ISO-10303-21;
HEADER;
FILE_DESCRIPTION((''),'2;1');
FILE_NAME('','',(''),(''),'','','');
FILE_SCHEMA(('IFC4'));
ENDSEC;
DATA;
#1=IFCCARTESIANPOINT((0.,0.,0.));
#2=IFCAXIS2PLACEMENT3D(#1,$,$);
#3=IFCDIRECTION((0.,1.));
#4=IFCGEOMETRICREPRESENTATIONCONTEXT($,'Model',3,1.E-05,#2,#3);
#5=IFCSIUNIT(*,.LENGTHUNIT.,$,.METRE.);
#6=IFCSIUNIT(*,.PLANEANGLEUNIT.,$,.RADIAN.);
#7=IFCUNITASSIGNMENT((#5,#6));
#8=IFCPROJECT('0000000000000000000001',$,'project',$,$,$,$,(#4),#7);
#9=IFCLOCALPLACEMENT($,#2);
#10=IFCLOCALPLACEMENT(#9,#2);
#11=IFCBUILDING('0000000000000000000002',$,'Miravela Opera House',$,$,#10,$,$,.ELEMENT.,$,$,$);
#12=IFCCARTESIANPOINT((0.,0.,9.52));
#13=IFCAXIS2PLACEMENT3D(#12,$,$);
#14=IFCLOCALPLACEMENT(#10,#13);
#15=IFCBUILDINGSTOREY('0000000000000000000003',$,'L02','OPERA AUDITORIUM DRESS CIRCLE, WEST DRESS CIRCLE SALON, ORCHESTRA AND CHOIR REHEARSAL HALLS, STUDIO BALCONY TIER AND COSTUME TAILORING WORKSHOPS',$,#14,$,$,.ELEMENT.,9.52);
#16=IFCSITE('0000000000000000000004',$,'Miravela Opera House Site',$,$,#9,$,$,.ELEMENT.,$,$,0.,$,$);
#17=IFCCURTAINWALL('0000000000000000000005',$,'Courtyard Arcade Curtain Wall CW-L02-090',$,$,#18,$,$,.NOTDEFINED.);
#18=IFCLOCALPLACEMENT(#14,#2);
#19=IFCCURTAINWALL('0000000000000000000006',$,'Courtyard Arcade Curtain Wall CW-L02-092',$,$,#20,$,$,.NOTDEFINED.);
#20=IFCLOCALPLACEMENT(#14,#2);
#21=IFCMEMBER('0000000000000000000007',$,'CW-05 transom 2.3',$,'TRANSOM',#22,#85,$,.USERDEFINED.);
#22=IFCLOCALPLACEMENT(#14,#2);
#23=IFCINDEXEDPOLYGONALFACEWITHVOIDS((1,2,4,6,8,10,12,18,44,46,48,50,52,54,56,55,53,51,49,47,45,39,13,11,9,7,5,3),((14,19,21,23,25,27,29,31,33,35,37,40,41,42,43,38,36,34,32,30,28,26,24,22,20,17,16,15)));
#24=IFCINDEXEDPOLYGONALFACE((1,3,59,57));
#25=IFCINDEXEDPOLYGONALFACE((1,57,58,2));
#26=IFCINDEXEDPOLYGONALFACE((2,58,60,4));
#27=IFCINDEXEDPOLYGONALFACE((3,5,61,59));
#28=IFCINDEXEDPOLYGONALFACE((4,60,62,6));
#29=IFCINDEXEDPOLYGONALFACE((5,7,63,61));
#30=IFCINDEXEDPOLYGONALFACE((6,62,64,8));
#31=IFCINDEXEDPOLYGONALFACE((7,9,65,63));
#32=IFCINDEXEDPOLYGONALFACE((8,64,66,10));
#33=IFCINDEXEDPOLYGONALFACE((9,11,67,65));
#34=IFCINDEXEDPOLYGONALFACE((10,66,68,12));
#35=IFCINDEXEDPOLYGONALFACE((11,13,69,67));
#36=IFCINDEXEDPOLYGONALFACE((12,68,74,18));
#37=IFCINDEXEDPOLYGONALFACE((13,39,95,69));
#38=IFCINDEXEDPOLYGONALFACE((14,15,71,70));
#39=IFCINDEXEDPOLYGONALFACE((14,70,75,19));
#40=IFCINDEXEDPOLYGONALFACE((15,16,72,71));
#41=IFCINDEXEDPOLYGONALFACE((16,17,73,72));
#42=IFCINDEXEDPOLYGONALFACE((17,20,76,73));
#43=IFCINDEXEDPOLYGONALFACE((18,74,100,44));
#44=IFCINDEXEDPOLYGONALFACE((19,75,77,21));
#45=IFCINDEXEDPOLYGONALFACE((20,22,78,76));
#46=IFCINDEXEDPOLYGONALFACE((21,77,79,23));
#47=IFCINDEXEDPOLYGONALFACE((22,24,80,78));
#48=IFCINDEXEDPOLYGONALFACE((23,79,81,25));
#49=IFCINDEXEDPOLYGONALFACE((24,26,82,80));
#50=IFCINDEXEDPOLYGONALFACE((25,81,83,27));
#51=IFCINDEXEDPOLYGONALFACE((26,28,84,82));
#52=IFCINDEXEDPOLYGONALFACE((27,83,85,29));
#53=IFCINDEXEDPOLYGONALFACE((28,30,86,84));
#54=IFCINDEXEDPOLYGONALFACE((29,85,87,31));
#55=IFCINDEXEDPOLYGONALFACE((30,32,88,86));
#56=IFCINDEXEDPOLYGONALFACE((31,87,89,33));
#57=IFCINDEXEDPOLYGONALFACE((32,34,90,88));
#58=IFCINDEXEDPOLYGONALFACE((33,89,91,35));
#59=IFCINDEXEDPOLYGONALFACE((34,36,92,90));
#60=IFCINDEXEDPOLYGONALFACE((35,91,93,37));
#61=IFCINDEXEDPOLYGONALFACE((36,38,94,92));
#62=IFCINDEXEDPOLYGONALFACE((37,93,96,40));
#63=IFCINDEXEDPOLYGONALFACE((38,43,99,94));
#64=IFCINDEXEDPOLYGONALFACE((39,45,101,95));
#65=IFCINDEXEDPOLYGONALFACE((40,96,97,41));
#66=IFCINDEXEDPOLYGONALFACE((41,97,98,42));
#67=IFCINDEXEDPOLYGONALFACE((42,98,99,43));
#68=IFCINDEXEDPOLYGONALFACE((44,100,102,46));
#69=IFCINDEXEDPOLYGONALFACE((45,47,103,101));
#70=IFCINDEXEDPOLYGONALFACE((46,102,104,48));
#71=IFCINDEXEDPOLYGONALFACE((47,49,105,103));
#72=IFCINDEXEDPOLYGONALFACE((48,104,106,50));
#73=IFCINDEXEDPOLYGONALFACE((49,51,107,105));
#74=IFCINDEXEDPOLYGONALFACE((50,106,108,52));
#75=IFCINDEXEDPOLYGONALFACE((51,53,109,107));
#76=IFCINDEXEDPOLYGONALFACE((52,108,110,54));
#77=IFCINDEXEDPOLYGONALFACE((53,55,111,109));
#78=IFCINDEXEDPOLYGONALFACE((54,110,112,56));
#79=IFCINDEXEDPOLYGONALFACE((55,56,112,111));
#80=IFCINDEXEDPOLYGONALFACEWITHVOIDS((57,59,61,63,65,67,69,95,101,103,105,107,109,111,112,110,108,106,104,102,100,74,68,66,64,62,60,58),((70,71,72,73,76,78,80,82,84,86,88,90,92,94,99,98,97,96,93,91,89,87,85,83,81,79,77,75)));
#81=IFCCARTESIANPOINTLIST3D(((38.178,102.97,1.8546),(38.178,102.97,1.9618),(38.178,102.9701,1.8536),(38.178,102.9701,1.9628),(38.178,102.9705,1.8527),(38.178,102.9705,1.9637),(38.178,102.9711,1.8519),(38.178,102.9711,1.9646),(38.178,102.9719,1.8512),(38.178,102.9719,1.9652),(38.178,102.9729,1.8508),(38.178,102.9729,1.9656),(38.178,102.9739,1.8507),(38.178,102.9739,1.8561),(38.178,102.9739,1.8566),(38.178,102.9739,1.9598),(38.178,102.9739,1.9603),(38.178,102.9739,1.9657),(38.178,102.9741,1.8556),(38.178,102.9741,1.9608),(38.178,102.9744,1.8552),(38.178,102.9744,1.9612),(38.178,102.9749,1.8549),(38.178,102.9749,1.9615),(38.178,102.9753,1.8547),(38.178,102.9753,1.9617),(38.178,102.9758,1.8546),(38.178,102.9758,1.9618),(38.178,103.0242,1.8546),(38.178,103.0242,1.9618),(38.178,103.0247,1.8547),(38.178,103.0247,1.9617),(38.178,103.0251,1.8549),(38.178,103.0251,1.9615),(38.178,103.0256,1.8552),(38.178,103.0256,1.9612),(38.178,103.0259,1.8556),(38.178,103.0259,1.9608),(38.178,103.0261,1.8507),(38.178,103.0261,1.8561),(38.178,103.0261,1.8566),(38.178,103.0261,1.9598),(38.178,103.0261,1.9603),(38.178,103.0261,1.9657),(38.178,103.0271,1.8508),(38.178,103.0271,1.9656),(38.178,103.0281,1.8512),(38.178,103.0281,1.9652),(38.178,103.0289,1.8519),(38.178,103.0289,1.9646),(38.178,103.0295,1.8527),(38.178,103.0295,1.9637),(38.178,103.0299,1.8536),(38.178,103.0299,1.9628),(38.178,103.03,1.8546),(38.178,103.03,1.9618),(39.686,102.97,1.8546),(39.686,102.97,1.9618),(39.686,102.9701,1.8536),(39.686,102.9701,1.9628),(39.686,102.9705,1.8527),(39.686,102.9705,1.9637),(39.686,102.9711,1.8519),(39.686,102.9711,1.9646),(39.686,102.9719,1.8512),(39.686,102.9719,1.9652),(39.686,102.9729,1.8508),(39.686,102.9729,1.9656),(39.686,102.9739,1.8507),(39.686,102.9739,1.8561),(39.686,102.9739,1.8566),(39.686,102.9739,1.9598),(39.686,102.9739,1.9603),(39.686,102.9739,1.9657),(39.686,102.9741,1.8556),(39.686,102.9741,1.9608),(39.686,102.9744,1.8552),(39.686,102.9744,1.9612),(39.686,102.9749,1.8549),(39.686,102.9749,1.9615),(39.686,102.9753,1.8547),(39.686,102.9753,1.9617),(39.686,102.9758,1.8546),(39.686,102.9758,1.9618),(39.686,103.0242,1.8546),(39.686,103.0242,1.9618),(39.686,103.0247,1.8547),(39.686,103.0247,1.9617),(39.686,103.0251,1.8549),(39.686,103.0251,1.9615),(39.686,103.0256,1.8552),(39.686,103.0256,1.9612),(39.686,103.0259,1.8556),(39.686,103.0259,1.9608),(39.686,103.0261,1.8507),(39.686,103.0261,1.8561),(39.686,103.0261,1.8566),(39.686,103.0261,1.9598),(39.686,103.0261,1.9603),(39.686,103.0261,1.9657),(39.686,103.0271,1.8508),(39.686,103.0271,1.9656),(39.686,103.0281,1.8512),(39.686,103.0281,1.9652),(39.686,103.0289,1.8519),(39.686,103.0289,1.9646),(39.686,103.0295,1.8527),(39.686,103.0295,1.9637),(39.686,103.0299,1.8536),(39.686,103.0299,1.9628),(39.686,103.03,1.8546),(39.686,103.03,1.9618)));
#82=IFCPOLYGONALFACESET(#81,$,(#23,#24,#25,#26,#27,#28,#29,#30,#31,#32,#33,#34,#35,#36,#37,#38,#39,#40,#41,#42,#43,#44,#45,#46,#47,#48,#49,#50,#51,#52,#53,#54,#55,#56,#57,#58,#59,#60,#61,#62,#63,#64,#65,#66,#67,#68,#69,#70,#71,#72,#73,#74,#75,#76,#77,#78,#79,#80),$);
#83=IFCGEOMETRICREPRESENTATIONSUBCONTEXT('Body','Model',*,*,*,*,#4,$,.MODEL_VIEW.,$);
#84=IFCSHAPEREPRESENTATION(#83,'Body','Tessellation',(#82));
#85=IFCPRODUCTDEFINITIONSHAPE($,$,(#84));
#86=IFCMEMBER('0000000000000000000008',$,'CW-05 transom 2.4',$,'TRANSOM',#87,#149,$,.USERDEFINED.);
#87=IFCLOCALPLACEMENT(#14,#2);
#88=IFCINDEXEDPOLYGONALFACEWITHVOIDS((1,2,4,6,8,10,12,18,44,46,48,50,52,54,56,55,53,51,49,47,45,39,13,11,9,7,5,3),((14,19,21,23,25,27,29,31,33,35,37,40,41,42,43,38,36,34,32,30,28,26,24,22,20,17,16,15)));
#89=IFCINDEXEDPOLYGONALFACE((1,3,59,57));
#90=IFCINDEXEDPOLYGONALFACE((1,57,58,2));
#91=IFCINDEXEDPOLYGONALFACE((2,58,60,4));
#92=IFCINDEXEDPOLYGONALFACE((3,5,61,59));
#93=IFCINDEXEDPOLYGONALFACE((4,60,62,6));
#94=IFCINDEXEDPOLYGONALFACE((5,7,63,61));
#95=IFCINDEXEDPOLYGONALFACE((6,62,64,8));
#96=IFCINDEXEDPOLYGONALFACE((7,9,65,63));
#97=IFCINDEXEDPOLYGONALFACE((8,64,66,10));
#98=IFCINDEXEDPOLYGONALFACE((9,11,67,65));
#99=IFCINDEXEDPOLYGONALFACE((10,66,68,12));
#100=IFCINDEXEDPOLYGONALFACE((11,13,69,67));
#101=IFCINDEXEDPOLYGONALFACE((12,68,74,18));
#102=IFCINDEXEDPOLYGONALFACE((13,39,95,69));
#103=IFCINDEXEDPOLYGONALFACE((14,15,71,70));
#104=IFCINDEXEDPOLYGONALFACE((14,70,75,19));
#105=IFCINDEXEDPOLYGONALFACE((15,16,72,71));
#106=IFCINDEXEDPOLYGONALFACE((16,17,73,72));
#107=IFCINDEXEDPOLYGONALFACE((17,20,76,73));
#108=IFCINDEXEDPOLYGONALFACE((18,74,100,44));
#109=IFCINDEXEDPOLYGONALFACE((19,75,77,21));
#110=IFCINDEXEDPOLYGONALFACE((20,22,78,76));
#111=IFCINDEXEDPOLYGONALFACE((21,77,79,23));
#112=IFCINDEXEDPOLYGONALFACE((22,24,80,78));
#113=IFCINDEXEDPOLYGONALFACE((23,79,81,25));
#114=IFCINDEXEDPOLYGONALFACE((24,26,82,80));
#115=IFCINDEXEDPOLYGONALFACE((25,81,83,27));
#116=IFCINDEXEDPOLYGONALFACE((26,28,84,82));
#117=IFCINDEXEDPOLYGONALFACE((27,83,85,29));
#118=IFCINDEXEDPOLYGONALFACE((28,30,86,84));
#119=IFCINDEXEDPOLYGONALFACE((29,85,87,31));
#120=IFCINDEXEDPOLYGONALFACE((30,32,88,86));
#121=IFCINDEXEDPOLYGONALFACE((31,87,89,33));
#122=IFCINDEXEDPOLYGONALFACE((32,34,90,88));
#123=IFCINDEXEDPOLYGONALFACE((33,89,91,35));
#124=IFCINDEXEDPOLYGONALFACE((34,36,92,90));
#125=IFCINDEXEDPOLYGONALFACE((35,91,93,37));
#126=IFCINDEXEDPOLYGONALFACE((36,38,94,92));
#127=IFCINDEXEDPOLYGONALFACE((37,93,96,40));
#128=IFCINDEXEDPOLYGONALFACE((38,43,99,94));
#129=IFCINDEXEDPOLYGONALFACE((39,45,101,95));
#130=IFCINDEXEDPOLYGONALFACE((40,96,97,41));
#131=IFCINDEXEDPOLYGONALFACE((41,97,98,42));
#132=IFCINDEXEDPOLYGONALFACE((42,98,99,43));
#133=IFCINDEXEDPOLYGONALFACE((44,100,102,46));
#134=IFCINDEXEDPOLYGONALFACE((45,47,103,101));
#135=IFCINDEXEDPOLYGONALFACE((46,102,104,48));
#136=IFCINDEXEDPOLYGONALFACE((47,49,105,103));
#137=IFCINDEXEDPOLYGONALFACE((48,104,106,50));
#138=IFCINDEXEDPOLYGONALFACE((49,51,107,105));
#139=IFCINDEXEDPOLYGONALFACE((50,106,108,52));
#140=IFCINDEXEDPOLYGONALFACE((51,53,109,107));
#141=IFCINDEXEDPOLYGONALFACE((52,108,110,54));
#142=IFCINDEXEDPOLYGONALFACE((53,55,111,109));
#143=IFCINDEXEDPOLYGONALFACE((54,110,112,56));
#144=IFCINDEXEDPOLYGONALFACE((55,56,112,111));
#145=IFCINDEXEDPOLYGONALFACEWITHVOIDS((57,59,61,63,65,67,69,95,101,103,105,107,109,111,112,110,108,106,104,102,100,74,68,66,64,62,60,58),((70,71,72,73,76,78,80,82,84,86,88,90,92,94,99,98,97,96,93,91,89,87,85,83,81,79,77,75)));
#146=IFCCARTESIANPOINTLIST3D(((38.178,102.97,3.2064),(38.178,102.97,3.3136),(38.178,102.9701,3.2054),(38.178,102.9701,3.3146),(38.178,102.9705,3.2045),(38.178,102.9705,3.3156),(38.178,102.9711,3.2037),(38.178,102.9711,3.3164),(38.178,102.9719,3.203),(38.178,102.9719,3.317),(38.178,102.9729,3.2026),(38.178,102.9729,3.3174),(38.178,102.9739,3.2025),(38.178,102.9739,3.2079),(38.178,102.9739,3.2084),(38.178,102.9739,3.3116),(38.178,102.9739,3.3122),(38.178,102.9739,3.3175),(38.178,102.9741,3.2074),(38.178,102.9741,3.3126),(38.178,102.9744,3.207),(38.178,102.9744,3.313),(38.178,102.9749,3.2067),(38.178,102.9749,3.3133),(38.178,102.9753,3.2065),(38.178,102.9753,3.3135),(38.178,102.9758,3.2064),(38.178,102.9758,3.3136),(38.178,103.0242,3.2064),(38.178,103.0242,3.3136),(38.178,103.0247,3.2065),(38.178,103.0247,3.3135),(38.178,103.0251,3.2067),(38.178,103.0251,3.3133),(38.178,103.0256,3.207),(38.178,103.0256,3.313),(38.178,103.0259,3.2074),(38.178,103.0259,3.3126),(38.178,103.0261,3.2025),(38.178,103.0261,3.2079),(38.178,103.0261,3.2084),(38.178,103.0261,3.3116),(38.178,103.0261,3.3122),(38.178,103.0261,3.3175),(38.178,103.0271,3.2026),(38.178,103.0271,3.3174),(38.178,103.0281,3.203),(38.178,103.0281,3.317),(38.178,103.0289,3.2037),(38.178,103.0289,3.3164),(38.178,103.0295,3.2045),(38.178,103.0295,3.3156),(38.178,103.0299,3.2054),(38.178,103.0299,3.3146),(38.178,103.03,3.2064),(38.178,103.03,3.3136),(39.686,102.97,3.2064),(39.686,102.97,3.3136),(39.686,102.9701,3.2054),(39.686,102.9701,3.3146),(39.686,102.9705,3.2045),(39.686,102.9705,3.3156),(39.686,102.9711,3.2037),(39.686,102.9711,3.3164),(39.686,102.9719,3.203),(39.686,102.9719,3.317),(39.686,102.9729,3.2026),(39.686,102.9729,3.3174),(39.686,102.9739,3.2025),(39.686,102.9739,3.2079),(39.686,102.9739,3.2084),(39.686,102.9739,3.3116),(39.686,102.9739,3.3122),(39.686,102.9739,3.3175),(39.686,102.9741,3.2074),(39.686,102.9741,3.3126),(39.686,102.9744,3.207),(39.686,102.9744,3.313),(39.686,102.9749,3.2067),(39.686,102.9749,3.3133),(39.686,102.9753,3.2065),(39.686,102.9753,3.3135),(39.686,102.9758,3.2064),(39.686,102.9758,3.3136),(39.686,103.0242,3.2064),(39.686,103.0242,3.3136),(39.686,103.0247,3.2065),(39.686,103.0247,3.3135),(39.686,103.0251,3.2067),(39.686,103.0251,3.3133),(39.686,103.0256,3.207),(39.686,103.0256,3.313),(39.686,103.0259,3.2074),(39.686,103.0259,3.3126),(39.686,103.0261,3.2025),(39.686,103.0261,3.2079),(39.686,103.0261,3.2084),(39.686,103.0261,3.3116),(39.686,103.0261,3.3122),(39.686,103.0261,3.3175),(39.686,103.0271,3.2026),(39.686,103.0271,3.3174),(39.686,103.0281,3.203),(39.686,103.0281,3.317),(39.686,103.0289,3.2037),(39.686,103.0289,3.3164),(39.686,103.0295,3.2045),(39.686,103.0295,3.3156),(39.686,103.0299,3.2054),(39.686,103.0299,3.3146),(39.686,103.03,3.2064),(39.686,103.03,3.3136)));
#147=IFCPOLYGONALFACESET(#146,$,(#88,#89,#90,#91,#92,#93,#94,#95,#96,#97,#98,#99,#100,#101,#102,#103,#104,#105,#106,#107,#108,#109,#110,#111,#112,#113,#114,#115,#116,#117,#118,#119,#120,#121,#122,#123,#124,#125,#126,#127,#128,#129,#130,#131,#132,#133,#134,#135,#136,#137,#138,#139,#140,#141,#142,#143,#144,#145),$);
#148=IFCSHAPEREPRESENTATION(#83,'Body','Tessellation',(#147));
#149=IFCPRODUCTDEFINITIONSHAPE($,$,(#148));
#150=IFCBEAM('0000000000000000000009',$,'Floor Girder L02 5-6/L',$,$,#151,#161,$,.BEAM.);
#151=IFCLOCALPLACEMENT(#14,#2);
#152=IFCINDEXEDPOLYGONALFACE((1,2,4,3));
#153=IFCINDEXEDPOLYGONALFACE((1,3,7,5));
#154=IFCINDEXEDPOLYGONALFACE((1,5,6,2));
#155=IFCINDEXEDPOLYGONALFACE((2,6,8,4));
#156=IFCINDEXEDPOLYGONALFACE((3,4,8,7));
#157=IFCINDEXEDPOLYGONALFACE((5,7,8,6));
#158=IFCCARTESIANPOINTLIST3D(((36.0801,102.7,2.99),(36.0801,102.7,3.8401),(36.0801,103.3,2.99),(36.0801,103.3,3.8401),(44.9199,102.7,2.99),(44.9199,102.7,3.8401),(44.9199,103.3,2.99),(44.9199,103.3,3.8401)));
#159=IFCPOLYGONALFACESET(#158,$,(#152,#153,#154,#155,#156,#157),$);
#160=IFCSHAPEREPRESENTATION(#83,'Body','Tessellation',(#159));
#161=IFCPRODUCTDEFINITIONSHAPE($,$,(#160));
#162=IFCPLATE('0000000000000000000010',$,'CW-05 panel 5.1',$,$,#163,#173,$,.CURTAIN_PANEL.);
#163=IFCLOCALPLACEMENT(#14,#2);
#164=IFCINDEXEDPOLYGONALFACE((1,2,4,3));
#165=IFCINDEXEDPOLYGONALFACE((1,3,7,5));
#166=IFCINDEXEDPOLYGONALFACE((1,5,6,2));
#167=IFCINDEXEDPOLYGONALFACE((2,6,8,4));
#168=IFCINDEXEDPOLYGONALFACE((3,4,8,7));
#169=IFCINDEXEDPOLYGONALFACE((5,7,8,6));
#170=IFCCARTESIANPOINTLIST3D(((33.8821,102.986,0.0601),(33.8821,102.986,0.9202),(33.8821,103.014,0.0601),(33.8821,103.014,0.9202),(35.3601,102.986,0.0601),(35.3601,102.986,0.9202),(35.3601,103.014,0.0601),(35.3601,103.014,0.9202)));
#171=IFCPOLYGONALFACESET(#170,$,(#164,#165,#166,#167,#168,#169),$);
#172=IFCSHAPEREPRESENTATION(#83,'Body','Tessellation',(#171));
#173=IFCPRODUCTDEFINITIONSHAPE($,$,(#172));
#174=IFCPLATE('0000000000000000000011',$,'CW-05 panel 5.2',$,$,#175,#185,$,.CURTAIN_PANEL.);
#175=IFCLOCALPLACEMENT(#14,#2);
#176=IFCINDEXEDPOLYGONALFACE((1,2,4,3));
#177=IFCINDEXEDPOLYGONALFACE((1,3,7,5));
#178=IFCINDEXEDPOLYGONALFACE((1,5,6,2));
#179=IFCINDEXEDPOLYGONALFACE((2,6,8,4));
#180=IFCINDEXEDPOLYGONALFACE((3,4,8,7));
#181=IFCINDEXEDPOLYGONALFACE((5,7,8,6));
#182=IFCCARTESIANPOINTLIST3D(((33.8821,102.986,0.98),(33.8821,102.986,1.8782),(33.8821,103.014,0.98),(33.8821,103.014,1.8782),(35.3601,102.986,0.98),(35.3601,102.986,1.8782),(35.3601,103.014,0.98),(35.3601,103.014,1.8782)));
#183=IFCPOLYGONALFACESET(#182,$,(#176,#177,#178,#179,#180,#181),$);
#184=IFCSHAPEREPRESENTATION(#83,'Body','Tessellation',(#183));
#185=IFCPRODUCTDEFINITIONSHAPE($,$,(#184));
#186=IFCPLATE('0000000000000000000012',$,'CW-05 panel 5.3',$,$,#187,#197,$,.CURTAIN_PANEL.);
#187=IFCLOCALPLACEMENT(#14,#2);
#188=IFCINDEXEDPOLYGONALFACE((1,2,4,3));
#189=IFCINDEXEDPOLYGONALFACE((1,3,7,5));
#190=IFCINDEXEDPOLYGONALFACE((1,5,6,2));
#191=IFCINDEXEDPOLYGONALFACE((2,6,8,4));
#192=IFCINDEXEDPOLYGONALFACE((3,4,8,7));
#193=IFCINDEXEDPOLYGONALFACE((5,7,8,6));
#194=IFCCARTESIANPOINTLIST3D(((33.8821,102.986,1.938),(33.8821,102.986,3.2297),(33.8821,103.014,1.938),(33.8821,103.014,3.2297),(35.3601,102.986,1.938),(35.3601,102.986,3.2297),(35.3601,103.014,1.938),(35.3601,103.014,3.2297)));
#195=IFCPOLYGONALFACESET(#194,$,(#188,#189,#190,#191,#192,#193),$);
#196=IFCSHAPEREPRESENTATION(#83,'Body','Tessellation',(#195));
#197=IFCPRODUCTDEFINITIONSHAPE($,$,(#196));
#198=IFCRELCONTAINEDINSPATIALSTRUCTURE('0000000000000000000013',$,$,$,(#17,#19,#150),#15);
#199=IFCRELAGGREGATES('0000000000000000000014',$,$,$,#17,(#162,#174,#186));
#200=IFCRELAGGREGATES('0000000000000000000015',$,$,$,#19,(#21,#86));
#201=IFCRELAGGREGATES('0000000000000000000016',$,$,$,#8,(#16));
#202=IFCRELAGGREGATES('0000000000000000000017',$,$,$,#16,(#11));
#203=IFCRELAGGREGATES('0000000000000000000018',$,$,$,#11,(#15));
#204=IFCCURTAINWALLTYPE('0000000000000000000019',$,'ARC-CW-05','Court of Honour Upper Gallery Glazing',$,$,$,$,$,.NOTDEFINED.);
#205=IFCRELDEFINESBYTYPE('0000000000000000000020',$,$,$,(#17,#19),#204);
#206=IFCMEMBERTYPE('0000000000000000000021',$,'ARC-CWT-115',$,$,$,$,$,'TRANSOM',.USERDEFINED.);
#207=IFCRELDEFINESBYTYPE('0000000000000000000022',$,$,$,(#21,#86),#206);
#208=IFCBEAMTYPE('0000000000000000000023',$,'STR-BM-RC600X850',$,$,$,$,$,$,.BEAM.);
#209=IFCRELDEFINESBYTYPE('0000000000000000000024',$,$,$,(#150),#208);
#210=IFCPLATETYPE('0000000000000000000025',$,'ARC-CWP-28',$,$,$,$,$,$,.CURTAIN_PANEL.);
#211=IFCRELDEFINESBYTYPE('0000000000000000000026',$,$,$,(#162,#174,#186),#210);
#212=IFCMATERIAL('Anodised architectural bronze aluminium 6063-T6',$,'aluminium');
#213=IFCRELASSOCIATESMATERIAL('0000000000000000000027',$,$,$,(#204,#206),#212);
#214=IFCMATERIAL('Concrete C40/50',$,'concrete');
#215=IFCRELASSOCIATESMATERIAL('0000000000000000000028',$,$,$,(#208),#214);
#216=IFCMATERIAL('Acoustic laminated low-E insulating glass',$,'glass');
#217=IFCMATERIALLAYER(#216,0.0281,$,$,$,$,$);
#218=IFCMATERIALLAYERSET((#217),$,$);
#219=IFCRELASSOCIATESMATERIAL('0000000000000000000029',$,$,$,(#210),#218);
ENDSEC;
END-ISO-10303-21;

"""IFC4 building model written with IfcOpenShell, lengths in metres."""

from ifc_helpers import new_model, si_unit, direction, frame, origin, origin_2d, place, context, subcontext, project, spatial, rectangle, hollow_rectangle, extrude, material, layer, layer_set, material_profile, profile_set, type_object, element, aggregate, save


model = new_model("IFC4")

# Units and contexts
model_context = context("Model", 3, precision=1e-05, world=origin(), true_north=direction((0.0, 1.0)))
body_context = subcontext(model_context, "Body", "Model", "MODEL_VIEW")
ifc_project = project(units=[si_unit("LENGTHUNIT", "METRE"), si_unit("PLANEANGLEUNIT", "RADIAN")], contexts=[model_context])

# Site, building, storey
site_placement = place(None, origin())
site = spatial("IfcSite", under=ifc_project, at=site_placement, Name="Miravela Opera House Site", CompositionType="ELEMENT", RefElevation=0.0)
building_placement = place(site_placement, origin())
building = spatial("IfcBuilding", under=site, at=building_placement, Name="Miravela Opera House", CompositionType="ELEMENT")
storey_placement = place(building_placement, frame((0.0, 0.0, 9.52)))
storey = spatial("IfcBuildingStorey", under=building, at=storey_placement, Name="L02", Description="OPERA AUDITORIUM DRESS CIRCLE, WEST DRESS CIRCLE SALON, ORCHESTRA AND CHOIR REHEARSAL HALLS, STUDIO BALCONY TIER AND COSTUME TAILORING WORKSHOPS", CompositionType="ELEMENT", Elevation=9.52)

# Curtain walls
ifc_material_1 = material(Name="Anodised architectural bronze aluminium 6063-T6", Category="aluminium")
curtain_wall_type = type_object("IfcCurtainWallType", Name="ARC-CW-05", Description="Court of Honour Upper Gallery Glazing", PredefinedType="NOTDEFINED", material=ifc_material_1)
curtain_wall_1_placement = place(storey_placement, origin())
curtain_wall_1 = element("IfcCurtainWall", 1, at=curtain_wall_1_placement, inside=storey, type_object=curtain_wall_type, Name="Courtyard Arcade Curtain Wall CW-L02-090", PredefinedType="NOTDEFINED")
curtain_wall_2_placement = place(storey_placement, origin())
curtain_wall_2 = element("IfcCurtainWall", 2, at=curtain_wall_2_placement, inside=storey, type_object=curtain_wall_type, Name="Courtyard Arcade Curtain Wall CW-L02-092", PredefinedType="NOTDEFINED")

# Members
ifc_material_profile_1 = material_profile(ifc_material_1, hollow_rectangle(XDim=0.0601, YDim=0.115, WallThickness=0.0039, InnerFilletRadius=0.002, OuterFilletRadius=0.0039, at=origin_2d()), Name="CWT-60X115")
ifc_profile_set_1 = profile_set([ifc_material_profile_1])
member_type_1 = type_object("IfcMemberType", Name="ARC-CWT-115", ElementType="TRANSOM", PredefinedType="USERDEFINED", material=ifc_profile_set_1)
member_1_placement = place(storey_placement, frame((38.178, 103.0, 1.9082), z_axis=(1.0, 0.0, 0.0), x_axis=(0.0, 1.0, 0.0)))
member_1 = element("IfcMember", 3, at=member_1_placement, type_object=member_type_1, Name="CW-05 transom 2.3", ObjectType="TRANSOM", PredefinedType="USERDEFINED", context=body_context, shape_type="SweptSolid", body=[
    extrude(hollow_rectangle(XDim=0.0601, YDim=0.115, WallThickness=0.0039, InnerFilletRadius=0.002, OuterFilletRadius=0.0039, at=origin_2d()), origin(), (0.0, 0.0, 1.0), 1.5081),
])
member_2_placement = place(storey_placement, frame((38.178, 103.0, 3.26), z_axis=(1.0, 0.0, 0.0), x_axis=(0.0, 1.0, 0.0)))
member_2 = element("IfcMember", 4, at=member_2_placement, type_object=member_type_1, Name="CW-05 transom 2.4", ObjectType="TRANSOM", PredefinedType="USERDEFINED", context=body_context, shape_type="SweptSolid", body=[
    extrude(hollow_rectangle(XDim=0.0601, YDim=0.115, WallThickness=0.0039, InnerFilletRadius=0.002, OuterFilletRadius=0.0039, at=origin_2d()), origin(), (0.0, 0.0, 1.0), 1.5081),
])

# Beam
ifc_material_2 = material(Name="Concrete C40/50", Category="concrete")
ifc_material_profile_2 = material_profile(ifc_material_2, rectangle(XDim=0.6001, YDim=0.8501, at=origin_2d()), Name="RC-BM-600X850")
ifc_profile_set_2 = profile_set([ifc_material_profile_2])
beam_type = type_object("IfcBeamType", Name="STR-BM-RC600X850", PredefinedType="BEAM", material=ifc_profile_set_2)
beam_placement = place(storey_placement, frame((36.0801, 103.0, 3.415), z_axis=(1.0, 0.0, 0.0), x_axis=(0.0, 1.0, 0.0)))
element("IfcBeam", 5, at=beam_placement, inside=storey, type_object=beam_type, Name="Floor Girder L02 5-6/L", PredefinedType="BEAM", context=body_context, shape_type="SweptSolid", body=[
    extrude(rectangle(XDim=0.6001, YDim=0.8501, at=origin_2d()), origin(), (0.0, 0.0, 1.0), 8.8398),
])

# Plates
ifc_material_3 = material(Name="Acoustic laminated low-E insulating glass", Category="glass")
ifc_layer = layer(ifc_material_3, 0.0281)
ifc_layer_set = layer_set([ifc_layer])
plate_type = type_object("IfcPlateType", Name="ARC-CWP-28", PredefinedType="CURTAIN_PANEL", material=ifc_layer_set)
plate_1_placement = place(storey_placement, frame((34.6211, 103.0, 0.0601), z_axis=(0.0, 0.0, 1.0), x_axis=(1.0, 0.0, 0.0)))
plate_1 = element("IfcPlate", 6, at=plate_1_placement, type_object=plate_type, Name="CW-05 panel 5.1", PredefinedType="CURTAIN_PANEL", context=body_context, shape_type="SweptSolid", body=[
    extrude(rectangle(XDim=1.478, YDim=0.0281, at=origin_2d()), origin(), (0.0, 0.0, 1.0), 0.8601),
])
plate_2_placement = place(storey_placement, frame((34.6211, 103.0, 0.98), z_axis=(0.0, 0.0, 1.0), x_axis=(1.0, 0.0, 0.0)))
plate_2 = element("IfcPlate", 7, at=plate_2_placement, type_object=plate_type, Name="CW-05 panel 5.2", PredefinedType="CURTAIN_PANEL", context=body_context, shape_type="SweptSolid", body=[
    extrude(rectangle(XDim=1.478, YDim=0.0281, at=origin_2d()), origin(), (0.0, 0.0, 1.0), 0.8982),
])
plate_3_placement = place(storey_placement, frame((34.6211, 103.0, 1.938), z_axis=(0.0, 0.0, 1.0), x_axis=(1.0, 0.0, 0.0)))
plate_3 = element("IfcPlate", 8, at=plate_3_placement, type_object=plate_type, Name="CW-05 panel 5.3", PredefinedType="CURTAIN_PANEL", context=body_context, shape_type="SweptSolid", body=[
    extrude(rectangle(XDim=1.478, YDim=0.0281, at=origin_2d()), origin(), (0.0, 0.0, 1.0), 1.2917),
])
aggregate(curtain_wall_1, [plate_1, plate_2, plate_3])
aggregate(curtain_wall_2, [member_1, member_2])

save(model, "model.ifc")
